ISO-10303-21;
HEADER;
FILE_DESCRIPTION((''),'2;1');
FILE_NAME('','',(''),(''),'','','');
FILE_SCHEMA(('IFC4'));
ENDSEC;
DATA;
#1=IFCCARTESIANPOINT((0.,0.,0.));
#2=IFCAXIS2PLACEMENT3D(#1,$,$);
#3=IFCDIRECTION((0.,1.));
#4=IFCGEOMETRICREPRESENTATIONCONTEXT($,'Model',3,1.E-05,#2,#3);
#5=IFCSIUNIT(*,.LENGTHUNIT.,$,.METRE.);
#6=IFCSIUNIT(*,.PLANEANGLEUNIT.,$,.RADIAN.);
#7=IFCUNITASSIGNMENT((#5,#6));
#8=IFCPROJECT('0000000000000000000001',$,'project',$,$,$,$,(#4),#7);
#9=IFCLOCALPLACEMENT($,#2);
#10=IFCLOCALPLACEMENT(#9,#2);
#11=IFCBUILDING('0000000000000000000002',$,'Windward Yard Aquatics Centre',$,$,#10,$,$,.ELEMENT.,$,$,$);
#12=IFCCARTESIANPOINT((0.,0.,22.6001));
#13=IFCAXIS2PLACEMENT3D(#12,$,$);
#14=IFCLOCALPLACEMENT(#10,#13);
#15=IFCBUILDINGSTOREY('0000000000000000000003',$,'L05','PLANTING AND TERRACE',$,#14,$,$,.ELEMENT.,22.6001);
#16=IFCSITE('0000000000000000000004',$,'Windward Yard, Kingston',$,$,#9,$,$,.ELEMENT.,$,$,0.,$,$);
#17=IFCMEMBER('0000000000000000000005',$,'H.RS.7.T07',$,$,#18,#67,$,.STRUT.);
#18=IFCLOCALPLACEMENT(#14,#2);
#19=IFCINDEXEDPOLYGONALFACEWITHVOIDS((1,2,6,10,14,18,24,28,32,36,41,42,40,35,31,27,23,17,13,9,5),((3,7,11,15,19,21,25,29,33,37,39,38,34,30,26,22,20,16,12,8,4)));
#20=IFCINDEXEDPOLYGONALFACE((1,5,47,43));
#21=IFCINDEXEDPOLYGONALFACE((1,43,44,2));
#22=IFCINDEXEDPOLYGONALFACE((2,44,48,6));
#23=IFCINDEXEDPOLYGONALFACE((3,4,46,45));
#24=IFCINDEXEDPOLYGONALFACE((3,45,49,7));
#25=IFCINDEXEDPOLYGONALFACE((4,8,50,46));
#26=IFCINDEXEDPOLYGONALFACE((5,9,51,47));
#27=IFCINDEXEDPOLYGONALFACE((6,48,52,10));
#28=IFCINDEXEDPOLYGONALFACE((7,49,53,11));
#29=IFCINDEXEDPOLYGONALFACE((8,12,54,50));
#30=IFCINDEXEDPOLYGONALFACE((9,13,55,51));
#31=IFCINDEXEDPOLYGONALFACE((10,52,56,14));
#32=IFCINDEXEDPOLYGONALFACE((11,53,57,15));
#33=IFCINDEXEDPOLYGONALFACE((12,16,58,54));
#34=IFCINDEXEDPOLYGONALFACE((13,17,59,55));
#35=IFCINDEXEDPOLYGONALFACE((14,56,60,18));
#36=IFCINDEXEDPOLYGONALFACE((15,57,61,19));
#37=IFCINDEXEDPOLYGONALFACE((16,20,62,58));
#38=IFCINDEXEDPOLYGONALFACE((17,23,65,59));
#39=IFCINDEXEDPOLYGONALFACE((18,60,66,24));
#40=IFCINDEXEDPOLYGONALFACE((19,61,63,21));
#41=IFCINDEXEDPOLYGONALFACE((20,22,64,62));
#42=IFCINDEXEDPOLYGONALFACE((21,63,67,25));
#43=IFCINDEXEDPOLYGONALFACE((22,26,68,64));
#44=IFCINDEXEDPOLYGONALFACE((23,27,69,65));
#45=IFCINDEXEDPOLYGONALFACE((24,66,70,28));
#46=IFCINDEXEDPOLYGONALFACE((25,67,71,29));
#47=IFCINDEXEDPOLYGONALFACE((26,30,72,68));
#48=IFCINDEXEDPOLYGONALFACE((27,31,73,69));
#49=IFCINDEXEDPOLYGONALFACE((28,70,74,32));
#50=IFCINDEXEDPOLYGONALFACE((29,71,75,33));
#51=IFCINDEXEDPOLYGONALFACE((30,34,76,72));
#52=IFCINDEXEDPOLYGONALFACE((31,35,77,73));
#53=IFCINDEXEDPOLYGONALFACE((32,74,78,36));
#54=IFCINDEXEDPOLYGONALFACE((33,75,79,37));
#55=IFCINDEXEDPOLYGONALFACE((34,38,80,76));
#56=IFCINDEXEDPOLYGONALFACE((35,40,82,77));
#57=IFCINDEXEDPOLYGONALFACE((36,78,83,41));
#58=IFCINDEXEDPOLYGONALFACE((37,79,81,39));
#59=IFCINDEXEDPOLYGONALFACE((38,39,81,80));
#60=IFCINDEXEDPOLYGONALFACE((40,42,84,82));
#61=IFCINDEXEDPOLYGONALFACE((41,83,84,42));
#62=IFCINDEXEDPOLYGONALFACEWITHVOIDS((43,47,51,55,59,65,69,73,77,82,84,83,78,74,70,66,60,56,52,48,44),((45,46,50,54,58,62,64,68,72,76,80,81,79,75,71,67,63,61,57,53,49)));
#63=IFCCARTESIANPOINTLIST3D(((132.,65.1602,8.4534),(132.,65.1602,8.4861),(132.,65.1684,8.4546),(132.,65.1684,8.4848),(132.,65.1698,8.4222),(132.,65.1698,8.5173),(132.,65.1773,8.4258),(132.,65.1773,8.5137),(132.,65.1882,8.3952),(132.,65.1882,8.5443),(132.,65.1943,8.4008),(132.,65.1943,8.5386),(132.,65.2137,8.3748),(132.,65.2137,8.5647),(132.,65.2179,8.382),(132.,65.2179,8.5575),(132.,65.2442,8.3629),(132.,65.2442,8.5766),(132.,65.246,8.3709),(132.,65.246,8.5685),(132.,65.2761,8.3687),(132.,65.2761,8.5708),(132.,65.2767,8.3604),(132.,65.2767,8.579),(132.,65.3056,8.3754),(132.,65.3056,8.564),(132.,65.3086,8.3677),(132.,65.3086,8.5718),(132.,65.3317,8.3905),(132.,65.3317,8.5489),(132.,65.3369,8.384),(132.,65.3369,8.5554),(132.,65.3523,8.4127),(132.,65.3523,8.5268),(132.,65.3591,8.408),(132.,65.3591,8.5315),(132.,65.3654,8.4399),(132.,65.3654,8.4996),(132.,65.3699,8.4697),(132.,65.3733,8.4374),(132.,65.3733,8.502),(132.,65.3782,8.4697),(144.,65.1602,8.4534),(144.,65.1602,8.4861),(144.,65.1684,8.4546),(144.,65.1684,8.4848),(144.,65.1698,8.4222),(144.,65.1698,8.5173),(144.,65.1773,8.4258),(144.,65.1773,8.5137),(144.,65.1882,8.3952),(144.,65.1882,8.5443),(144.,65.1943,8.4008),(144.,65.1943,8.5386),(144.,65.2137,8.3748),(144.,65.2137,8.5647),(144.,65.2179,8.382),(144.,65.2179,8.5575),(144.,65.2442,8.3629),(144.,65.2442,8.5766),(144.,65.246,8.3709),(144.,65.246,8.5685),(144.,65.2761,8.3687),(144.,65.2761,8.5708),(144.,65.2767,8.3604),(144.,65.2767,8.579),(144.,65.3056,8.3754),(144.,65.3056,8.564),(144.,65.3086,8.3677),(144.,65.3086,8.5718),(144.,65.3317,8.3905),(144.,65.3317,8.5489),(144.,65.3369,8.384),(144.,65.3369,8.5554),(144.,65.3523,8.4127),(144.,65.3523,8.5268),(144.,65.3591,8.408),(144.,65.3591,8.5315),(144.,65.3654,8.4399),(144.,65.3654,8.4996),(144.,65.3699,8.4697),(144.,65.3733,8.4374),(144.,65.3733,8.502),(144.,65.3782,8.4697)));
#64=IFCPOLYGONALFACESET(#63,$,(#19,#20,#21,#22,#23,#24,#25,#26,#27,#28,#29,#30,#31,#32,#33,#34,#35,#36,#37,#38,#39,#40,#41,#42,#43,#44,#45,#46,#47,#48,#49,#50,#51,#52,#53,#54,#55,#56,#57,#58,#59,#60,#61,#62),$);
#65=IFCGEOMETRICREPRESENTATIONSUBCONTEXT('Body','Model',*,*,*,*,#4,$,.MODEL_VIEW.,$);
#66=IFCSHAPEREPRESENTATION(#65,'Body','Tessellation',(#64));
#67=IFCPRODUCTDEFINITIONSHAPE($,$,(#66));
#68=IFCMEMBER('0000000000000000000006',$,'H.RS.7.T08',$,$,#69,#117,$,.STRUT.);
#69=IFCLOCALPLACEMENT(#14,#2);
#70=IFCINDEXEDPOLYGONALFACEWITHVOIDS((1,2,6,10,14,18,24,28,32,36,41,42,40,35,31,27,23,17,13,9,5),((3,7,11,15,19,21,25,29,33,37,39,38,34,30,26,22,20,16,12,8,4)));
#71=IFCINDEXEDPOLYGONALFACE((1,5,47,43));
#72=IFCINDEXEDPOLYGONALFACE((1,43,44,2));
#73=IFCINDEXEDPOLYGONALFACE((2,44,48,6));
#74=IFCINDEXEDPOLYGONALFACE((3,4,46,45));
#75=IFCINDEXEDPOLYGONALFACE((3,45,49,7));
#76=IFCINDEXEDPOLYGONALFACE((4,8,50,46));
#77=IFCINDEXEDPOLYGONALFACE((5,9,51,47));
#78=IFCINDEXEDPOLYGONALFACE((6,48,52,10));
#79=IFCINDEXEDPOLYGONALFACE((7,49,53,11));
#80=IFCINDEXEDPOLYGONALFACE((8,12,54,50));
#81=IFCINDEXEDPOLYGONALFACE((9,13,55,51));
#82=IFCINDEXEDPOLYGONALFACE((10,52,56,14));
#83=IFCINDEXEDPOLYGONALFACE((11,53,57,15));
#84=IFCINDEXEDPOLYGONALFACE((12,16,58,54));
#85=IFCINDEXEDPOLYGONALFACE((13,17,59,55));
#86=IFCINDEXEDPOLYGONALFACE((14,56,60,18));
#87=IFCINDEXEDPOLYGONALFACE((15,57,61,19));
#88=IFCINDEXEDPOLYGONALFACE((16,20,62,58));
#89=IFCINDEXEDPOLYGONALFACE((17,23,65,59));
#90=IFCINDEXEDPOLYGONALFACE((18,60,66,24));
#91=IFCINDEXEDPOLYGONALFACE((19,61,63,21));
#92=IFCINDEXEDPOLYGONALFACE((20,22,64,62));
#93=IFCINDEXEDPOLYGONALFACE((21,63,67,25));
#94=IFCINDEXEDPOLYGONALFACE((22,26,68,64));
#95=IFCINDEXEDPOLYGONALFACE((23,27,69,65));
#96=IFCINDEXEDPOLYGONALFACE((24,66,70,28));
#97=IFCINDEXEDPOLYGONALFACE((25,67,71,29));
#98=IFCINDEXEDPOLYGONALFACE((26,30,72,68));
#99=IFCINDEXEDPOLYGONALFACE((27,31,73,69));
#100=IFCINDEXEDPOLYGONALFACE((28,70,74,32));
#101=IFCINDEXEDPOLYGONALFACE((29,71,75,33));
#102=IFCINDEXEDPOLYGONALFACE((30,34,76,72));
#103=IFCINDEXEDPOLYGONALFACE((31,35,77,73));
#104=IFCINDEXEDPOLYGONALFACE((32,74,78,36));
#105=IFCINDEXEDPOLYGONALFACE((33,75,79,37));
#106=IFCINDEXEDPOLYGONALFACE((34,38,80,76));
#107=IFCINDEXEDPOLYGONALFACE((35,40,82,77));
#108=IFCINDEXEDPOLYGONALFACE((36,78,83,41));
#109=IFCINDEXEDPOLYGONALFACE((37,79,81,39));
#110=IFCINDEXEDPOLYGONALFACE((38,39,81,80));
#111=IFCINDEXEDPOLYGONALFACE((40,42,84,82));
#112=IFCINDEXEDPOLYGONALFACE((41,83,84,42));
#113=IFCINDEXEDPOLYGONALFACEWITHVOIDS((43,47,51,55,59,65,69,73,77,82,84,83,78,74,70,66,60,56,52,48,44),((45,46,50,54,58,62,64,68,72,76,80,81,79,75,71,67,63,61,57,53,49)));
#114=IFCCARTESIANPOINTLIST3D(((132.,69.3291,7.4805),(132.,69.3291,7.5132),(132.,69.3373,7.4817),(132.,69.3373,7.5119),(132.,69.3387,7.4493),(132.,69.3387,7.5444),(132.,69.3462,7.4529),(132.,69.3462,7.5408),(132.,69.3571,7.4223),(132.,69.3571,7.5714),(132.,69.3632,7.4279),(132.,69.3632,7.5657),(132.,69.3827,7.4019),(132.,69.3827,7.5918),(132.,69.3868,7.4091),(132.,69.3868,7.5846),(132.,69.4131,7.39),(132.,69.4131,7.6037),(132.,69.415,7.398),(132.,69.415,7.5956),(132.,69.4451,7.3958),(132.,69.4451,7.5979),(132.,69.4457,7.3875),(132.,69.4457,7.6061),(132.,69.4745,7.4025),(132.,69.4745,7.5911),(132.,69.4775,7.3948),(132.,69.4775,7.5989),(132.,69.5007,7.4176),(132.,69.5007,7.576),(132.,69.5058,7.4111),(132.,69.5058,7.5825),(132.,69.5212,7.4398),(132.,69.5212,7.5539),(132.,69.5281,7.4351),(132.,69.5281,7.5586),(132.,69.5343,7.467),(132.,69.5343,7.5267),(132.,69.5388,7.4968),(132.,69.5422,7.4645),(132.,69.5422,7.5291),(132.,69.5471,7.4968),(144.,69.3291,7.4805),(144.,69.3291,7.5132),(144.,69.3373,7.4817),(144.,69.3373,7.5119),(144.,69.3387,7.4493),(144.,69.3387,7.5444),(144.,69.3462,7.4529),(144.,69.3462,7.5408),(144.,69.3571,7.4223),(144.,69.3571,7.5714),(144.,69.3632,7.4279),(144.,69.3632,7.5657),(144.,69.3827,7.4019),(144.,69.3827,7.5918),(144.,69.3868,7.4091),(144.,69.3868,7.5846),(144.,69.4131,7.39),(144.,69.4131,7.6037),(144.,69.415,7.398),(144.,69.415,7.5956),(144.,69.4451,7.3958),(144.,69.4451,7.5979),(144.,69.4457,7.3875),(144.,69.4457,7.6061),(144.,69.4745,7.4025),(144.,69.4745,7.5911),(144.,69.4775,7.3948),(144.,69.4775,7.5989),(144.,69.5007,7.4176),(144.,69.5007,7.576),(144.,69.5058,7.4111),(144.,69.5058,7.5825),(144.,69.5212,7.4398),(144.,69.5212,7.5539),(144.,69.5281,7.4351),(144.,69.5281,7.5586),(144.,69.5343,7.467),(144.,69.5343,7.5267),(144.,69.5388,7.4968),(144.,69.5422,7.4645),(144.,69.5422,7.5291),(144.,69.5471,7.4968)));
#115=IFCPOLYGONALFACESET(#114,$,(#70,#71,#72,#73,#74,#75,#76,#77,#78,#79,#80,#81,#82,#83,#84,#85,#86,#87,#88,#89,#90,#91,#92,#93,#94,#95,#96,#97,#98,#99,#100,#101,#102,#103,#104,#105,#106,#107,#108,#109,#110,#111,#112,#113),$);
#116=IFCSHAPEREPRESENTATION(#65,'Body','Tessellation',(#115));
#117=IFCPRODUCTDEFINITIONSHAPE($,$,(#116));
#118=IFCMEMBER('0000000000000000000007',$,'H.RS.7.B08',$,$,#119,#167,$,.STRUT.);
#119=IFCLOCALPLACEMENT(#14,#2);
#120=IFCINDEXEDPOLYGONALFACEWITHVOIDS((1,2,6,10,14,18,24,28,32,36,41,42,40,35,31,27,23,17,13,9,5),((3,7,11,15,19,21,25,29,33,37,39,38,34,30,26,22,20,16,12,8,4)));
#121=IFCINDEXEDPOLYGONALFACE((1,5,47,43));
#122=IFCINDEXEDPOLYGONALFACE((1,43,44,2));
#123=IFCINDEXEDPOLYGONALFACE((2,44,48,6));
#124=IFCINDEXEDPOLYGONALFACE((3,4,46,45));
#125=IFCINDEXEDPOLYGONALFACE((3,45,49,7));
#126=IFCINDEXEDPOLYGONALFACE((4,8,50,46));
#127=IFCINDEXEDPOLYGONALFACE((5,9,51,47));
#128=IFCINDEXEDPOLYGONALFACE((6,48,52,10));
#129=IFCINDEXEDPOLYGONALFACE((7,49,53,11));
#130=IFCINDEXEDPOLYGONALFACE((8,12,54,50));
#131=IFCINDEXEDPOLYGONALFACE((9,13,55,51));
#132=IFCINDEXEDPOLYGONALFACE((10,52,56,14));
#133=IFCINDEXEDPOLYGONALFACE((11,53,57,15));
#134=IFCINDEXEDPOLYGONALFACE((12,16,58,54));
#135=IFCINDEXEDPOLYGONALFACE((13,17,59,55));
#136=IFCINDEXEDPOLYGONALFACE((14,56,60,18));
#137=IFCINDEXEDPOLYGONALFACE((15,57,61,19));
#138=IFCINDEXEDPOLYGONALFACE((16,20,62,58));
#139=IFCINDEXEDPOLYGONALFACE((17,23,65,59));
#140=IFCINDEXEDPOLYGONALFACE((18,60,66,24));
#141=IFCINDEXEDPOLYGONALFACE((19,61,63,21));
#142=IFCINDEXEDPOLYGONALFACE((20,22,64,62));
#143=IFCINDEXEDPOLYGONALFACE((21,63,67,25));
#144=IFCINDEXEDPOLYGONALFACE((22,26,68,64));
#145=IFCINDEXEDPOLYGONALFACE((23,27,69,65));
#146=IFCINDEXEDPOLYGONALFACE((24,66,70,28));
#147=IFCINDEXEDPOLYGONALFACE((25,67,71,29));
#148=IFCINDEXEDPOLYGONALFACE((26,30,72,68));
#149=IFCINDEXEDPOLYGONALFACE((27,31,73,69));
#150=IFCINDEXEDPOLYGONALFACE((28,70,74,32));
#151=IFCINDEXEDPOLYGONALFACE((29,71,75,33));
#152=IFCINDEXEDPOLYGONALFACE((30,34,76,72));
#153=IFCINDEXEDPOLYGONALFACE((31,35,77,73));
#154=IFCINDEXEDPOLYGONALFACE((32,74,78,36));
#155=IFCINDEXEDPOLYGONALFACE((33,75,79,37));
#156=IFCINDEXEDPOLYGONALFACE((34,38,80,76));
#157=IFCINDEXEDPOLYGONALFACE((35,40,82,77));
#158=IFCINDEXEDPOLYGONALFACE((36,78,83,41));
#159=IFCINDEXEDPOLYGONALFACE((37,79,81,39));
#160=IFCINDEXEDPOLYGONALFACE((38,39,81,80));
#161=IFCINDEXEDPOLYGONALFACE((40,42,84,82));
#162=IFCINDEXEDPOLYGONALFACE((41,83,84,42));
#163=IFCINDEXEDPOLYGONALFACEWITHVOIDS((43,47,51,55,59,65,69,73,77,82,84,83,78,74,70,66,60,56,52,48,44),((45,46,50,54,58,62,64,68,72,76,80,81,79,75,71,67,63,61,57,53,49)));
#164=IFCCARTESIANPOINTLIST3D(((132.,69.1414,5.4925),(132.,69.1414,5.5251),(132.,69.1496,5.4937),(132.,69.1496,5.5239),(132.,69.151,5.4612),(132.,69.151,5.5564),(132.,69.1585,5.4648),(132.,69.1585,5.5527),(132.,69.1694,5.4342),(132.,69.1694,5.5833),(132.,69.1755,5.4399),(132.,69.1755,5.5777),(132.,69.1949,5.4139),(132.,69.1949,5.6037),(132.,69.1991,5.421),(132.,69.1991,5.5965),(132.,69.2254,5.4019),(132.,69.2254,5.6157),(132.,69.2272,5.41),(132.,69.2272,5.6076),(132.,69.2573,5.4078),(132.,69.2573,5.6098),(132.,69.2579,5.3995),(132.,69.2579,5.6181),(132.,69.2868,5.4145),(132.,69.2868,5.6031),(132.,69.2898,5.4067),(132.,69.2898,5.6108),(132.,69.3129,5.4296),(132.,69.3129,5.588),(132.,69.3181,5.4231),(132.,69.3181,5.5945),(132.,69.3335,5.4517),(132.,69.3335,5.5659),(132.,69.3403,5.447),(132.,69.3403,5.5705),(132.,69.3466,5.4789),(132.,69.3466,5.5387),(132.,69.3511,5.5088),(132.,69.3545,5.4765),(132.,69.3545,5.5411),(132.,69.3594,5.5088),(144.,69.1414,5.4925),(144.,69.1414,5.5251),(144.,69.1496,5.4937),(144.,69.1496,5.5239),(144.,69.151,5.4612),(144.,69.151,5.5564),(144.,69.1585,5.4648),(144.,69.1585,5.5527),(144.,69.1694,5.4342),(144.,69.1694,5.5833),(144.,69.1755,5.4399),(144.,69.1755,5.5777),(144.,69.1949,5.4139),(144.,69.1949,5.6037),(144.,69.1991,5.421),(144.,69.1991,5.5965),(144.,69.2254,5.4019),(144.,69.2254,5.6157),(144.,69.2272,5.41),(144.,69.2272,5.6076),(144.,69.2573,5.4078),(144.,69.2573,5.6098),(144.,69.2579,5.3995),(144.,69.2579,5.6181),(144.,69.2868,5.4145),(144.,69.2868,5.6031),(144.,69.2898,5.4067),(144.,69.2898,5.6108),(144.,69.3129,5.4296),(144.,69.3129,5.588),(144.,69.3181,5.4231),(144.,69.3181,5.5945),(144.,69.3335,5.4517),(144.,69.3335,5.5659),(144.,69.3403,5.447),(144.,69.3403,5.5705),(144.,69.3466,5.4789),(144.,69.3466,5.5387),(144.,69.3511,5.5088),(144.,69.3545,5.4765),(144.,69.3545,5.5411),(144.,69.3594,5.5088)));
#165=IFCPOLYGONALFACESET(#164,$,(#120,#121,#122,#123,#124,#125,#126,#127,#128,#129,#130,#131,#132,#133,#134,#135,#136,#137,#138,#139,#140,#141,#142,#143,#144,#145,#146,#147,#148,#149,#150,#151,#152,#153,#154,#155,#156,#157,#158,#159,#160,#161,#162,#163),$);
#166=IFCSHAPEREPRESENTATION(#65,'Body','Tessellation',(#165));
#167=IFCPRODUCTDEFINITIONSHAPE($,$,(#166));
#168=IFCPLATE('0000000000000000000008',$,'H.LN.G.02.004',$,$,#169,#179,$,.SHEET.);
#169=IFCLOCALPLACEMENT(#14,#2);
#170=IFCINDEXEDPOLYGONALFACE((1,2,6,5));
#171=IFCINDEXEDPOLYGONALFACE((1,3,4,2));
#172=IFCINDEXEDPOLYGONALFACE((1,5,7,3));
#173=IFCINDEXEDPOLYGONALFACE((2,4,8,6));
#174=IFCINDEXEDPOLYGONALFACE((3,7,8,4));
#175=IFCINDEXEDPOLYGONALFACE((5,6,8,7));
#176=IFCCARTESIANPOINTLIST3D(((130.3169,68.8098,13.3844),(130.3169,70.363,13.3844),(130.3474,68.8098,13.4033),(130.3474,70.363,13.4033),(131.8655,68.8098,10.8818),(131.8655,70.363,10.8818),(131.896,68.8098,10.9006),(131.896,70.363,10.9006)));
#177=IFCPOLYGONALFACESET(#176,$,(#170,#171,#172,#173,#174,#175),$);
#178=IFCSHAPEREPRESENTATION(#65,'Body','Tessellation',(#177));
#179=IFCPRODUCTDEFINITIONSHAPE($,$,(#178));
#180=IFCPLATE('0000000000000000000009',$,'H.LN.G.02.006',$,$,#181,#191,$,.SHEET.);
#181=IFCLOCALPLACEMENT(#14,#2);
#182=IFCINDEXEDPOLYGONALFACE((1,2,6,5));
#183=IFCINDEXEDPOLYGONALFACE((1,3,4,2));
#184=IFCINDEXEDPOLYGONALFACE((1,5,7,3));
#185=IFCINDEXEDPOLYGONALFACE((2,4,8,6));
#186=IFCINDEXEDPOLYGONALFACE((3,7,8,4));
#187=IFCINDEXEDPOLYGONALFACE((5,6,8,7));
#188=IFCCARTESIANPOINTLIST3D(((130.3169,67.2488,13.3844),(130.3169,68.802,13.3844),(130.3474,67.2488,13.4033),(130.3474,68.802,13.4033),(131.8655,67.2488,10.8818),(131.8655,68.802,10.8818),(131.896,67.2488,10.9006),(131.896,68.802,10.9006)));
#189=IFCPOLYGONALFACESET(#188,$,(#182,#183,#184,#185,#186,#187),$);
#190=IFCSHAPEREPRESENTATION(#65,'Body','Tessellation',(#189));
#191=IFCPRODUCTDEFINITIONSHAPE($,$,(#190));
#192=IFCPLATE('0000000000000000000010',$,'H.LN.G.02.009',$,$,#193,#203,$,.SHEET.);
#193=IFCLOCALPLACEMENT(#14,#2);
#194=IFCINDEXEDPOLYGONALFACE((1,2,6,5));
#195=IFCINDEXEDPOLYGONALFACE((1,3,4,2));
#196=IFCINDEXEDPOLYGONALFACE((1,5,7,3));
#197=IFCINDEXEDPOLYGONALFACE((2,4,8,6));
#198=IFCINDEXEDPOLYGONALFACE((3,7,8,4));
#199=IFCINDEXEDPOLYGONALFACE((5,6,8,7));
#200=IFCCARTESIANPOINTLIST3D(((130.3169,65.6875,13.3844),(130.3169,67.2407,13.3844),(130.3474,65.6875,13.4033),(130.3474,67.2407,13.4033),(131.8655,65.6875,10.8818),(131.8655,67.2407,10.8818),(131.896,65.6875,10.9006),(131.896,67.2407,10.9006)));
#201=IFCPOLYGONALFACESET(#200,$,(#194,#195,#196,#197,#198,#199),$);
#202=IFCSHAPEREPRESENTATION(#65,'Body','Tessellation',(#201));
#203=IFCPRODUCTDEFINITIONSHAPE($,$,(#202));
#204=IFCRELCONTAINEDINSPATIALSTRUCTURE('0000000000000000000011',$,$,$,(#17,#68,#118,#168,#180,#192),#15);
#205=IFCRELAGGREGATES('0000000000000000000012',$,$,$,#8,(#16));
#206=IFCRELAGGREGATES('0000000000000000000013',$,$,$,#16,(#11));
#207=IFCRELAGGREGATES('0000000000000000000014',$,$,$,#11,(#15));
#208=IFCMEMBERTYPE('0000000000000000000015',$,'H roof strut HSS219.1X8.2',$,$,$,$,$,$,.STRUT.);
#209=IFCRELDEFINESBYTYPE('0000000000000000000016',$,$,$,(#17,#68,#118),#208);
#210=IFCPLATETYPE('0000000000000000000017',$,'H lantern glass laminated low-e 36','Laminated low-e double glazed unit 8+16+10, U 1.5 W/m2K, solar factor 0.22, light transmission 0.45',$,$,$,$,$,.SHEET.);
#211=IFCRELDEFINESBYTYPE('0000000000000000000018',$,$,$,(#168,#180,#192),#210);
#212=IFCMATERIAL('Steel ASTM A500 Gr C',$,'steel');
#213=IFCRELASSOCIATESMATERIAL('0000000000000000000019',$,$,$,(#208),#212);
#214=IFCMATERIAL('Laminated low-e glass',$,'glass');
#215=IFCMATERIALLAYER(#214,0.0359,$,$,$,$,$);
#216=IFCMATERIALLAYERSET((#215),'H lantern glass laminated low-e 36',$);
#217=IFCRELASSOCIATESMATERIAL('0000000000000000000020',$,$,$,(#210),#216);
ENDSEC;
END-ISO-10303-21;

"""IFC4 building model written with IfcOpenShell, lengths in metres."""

from ifc_helpers import new_model, si_unit, direction, frame, origin, origin_2d, place, context, subcontext, project, spatial, polyline, hollow_circle, outline, extrude, material, layer, layer_set, material_profile, profile_set, type_object, element, save


model = new_model("IFC4")

# Units and contexts
model_context = context("Model", 3, precision=1e-05, world=origin(), true_north=direction((0.0, 1.0)))
body_context = subcontext(model_context, "Body", "Model", "MODEL_VIEW")
ifc_project = project(units=[si_unit("LENGTHUNIT", "METRE"), si_unit("PLANEANGLEUNIT", "RADIAN")], contexts=[model_context])

# Site, building, storey
site_placement = place(None, origin())
site = spatial("IfcSite", under=ifc_project, at=site_placement, Name="Windward Yard, Kingston", CompositionType="ELEMENT", RefElevation=0.0)
building_placement = place(site_placement, origin())
building = spatial("IfcBuilding", under=site, at=building_placement, Name="Windward Yard Aquatics Centre", CompositionType="ELEMENT")
storey_placement = place(building_placement, frame((0.0, 0.0, 22.6001)))
storey = spatial("IfcBuildingStorey", under=building, at=storey_placement, Name="L05", Description="PLANTING AND TERRACE", CompositionType="ELEMENT", Elevation=22.6001)

# Members
ifc_material_1 = material(Name="Steel ASTM A500 Gr C", Category="steel")
ifc_material_profile_1 = material_profile(ifc_material_1, hollow_circle(Radius=0.1096, WallThickness=0.0083, at=origin_2d()), Name="HSS219.1X8.2")
ifc_profile_set_1 = profile_set([ifc_material_profile_1], Name="Steel ASTM A500 Gr C")
member_type_1 = type_object("IfcMemberType", Name="H roof strut HSS219.1X8.2", PredefinedType="STRUT", material=ifc_profile_set_1)
for number, where, z_axis, x_axis, name in (
    (1, (132.0, 65.2686, 8.4697), (1.0, 0.0, 0.0), (0.0, 1.0, 0.0), "H.RS.7.T07"),
    (2, (132.0, 69.4375, 7.4968), (1.0, 0.0, 0.0), (0.0, 1.0, 0.0), "H.RS.7.T08"),
    (3, (132.0, 69.2498, 5.5088), (1.0, 0.0, 0.0), (0.0, 1.0, 0.0), "H.RS.7.B08"),
):
    element("IfcMember", number, at=place(storey_placement, frame(where, z_axis=z_axis, x_axis=x_axis)), inside=storey, type_object=member_type_1, Name=name, PredefinedType="STRUT", context=body_context, shape_type="SweptSolid", body=[
        extrude(hollow_circle(Radius=0.1096, WallThickness=0.0083, at=origin_2d()), origin(), (0.0, 0.0, 1.0), 12.0),
    ])

# Plates
ifc_material_2 = material(Name="Laminated low-e glass", Category="glass")
ifc_layer_1 = layer(ifc_material_2, 0.0359)
ifc_layer_set_1 = layer_set([ifc_layer_1], Name="H lantern glass laminated low-e 36")
plate_type = type_object("IfcPlateType", Name="H lantern glass laminated low-e 36", Description="Laminated low-e double glazed unit 8+16+10, U 1.5 W/m2K, solar factor 0.22, light transmission 0.45", PredefinedType="SHEET", material=ifc_layer_set_1)
for number, where, z_axis, x_axis, name in (
    (4, (130.3474, 68.8098, 13.4033), (0.850371, 0.0, 0.526183), (0.0, 1.0, 0.0), "H.LN.G.02.004"),
    (5, (130.3474, 67.2488, 13.4033), (0.850371, 0.0, 0.526183), (0.0, 1.0, 0.0), "H.LN.G.02.006"),
    (6, (130.3474, 65.6875, 13.4033), (0.850371, 0.0, 0.526183), (0.0, 1.0, 0.0), "H.LN.G.02.009"),
):
    element("IfcPlate", number, at=place(storey_placement, frame(where, z_axis=z_axis, x_axis=x_axis)), inside=storey, type_object=plate_type, Name=name, PredefinedType="SHEET", context=body_context, shape_type="SweptSolid", body=[
        extrude(outline(polyline([(0.0, 0.0), (1.5532, 0.0), (1.5532, -2.9431), (0.0, -2.9431), (0.0, 0.0)])), origin(), (0.0, 0.0, -1.0), 0.0359),
    ])

save(model, "model.ifc")
